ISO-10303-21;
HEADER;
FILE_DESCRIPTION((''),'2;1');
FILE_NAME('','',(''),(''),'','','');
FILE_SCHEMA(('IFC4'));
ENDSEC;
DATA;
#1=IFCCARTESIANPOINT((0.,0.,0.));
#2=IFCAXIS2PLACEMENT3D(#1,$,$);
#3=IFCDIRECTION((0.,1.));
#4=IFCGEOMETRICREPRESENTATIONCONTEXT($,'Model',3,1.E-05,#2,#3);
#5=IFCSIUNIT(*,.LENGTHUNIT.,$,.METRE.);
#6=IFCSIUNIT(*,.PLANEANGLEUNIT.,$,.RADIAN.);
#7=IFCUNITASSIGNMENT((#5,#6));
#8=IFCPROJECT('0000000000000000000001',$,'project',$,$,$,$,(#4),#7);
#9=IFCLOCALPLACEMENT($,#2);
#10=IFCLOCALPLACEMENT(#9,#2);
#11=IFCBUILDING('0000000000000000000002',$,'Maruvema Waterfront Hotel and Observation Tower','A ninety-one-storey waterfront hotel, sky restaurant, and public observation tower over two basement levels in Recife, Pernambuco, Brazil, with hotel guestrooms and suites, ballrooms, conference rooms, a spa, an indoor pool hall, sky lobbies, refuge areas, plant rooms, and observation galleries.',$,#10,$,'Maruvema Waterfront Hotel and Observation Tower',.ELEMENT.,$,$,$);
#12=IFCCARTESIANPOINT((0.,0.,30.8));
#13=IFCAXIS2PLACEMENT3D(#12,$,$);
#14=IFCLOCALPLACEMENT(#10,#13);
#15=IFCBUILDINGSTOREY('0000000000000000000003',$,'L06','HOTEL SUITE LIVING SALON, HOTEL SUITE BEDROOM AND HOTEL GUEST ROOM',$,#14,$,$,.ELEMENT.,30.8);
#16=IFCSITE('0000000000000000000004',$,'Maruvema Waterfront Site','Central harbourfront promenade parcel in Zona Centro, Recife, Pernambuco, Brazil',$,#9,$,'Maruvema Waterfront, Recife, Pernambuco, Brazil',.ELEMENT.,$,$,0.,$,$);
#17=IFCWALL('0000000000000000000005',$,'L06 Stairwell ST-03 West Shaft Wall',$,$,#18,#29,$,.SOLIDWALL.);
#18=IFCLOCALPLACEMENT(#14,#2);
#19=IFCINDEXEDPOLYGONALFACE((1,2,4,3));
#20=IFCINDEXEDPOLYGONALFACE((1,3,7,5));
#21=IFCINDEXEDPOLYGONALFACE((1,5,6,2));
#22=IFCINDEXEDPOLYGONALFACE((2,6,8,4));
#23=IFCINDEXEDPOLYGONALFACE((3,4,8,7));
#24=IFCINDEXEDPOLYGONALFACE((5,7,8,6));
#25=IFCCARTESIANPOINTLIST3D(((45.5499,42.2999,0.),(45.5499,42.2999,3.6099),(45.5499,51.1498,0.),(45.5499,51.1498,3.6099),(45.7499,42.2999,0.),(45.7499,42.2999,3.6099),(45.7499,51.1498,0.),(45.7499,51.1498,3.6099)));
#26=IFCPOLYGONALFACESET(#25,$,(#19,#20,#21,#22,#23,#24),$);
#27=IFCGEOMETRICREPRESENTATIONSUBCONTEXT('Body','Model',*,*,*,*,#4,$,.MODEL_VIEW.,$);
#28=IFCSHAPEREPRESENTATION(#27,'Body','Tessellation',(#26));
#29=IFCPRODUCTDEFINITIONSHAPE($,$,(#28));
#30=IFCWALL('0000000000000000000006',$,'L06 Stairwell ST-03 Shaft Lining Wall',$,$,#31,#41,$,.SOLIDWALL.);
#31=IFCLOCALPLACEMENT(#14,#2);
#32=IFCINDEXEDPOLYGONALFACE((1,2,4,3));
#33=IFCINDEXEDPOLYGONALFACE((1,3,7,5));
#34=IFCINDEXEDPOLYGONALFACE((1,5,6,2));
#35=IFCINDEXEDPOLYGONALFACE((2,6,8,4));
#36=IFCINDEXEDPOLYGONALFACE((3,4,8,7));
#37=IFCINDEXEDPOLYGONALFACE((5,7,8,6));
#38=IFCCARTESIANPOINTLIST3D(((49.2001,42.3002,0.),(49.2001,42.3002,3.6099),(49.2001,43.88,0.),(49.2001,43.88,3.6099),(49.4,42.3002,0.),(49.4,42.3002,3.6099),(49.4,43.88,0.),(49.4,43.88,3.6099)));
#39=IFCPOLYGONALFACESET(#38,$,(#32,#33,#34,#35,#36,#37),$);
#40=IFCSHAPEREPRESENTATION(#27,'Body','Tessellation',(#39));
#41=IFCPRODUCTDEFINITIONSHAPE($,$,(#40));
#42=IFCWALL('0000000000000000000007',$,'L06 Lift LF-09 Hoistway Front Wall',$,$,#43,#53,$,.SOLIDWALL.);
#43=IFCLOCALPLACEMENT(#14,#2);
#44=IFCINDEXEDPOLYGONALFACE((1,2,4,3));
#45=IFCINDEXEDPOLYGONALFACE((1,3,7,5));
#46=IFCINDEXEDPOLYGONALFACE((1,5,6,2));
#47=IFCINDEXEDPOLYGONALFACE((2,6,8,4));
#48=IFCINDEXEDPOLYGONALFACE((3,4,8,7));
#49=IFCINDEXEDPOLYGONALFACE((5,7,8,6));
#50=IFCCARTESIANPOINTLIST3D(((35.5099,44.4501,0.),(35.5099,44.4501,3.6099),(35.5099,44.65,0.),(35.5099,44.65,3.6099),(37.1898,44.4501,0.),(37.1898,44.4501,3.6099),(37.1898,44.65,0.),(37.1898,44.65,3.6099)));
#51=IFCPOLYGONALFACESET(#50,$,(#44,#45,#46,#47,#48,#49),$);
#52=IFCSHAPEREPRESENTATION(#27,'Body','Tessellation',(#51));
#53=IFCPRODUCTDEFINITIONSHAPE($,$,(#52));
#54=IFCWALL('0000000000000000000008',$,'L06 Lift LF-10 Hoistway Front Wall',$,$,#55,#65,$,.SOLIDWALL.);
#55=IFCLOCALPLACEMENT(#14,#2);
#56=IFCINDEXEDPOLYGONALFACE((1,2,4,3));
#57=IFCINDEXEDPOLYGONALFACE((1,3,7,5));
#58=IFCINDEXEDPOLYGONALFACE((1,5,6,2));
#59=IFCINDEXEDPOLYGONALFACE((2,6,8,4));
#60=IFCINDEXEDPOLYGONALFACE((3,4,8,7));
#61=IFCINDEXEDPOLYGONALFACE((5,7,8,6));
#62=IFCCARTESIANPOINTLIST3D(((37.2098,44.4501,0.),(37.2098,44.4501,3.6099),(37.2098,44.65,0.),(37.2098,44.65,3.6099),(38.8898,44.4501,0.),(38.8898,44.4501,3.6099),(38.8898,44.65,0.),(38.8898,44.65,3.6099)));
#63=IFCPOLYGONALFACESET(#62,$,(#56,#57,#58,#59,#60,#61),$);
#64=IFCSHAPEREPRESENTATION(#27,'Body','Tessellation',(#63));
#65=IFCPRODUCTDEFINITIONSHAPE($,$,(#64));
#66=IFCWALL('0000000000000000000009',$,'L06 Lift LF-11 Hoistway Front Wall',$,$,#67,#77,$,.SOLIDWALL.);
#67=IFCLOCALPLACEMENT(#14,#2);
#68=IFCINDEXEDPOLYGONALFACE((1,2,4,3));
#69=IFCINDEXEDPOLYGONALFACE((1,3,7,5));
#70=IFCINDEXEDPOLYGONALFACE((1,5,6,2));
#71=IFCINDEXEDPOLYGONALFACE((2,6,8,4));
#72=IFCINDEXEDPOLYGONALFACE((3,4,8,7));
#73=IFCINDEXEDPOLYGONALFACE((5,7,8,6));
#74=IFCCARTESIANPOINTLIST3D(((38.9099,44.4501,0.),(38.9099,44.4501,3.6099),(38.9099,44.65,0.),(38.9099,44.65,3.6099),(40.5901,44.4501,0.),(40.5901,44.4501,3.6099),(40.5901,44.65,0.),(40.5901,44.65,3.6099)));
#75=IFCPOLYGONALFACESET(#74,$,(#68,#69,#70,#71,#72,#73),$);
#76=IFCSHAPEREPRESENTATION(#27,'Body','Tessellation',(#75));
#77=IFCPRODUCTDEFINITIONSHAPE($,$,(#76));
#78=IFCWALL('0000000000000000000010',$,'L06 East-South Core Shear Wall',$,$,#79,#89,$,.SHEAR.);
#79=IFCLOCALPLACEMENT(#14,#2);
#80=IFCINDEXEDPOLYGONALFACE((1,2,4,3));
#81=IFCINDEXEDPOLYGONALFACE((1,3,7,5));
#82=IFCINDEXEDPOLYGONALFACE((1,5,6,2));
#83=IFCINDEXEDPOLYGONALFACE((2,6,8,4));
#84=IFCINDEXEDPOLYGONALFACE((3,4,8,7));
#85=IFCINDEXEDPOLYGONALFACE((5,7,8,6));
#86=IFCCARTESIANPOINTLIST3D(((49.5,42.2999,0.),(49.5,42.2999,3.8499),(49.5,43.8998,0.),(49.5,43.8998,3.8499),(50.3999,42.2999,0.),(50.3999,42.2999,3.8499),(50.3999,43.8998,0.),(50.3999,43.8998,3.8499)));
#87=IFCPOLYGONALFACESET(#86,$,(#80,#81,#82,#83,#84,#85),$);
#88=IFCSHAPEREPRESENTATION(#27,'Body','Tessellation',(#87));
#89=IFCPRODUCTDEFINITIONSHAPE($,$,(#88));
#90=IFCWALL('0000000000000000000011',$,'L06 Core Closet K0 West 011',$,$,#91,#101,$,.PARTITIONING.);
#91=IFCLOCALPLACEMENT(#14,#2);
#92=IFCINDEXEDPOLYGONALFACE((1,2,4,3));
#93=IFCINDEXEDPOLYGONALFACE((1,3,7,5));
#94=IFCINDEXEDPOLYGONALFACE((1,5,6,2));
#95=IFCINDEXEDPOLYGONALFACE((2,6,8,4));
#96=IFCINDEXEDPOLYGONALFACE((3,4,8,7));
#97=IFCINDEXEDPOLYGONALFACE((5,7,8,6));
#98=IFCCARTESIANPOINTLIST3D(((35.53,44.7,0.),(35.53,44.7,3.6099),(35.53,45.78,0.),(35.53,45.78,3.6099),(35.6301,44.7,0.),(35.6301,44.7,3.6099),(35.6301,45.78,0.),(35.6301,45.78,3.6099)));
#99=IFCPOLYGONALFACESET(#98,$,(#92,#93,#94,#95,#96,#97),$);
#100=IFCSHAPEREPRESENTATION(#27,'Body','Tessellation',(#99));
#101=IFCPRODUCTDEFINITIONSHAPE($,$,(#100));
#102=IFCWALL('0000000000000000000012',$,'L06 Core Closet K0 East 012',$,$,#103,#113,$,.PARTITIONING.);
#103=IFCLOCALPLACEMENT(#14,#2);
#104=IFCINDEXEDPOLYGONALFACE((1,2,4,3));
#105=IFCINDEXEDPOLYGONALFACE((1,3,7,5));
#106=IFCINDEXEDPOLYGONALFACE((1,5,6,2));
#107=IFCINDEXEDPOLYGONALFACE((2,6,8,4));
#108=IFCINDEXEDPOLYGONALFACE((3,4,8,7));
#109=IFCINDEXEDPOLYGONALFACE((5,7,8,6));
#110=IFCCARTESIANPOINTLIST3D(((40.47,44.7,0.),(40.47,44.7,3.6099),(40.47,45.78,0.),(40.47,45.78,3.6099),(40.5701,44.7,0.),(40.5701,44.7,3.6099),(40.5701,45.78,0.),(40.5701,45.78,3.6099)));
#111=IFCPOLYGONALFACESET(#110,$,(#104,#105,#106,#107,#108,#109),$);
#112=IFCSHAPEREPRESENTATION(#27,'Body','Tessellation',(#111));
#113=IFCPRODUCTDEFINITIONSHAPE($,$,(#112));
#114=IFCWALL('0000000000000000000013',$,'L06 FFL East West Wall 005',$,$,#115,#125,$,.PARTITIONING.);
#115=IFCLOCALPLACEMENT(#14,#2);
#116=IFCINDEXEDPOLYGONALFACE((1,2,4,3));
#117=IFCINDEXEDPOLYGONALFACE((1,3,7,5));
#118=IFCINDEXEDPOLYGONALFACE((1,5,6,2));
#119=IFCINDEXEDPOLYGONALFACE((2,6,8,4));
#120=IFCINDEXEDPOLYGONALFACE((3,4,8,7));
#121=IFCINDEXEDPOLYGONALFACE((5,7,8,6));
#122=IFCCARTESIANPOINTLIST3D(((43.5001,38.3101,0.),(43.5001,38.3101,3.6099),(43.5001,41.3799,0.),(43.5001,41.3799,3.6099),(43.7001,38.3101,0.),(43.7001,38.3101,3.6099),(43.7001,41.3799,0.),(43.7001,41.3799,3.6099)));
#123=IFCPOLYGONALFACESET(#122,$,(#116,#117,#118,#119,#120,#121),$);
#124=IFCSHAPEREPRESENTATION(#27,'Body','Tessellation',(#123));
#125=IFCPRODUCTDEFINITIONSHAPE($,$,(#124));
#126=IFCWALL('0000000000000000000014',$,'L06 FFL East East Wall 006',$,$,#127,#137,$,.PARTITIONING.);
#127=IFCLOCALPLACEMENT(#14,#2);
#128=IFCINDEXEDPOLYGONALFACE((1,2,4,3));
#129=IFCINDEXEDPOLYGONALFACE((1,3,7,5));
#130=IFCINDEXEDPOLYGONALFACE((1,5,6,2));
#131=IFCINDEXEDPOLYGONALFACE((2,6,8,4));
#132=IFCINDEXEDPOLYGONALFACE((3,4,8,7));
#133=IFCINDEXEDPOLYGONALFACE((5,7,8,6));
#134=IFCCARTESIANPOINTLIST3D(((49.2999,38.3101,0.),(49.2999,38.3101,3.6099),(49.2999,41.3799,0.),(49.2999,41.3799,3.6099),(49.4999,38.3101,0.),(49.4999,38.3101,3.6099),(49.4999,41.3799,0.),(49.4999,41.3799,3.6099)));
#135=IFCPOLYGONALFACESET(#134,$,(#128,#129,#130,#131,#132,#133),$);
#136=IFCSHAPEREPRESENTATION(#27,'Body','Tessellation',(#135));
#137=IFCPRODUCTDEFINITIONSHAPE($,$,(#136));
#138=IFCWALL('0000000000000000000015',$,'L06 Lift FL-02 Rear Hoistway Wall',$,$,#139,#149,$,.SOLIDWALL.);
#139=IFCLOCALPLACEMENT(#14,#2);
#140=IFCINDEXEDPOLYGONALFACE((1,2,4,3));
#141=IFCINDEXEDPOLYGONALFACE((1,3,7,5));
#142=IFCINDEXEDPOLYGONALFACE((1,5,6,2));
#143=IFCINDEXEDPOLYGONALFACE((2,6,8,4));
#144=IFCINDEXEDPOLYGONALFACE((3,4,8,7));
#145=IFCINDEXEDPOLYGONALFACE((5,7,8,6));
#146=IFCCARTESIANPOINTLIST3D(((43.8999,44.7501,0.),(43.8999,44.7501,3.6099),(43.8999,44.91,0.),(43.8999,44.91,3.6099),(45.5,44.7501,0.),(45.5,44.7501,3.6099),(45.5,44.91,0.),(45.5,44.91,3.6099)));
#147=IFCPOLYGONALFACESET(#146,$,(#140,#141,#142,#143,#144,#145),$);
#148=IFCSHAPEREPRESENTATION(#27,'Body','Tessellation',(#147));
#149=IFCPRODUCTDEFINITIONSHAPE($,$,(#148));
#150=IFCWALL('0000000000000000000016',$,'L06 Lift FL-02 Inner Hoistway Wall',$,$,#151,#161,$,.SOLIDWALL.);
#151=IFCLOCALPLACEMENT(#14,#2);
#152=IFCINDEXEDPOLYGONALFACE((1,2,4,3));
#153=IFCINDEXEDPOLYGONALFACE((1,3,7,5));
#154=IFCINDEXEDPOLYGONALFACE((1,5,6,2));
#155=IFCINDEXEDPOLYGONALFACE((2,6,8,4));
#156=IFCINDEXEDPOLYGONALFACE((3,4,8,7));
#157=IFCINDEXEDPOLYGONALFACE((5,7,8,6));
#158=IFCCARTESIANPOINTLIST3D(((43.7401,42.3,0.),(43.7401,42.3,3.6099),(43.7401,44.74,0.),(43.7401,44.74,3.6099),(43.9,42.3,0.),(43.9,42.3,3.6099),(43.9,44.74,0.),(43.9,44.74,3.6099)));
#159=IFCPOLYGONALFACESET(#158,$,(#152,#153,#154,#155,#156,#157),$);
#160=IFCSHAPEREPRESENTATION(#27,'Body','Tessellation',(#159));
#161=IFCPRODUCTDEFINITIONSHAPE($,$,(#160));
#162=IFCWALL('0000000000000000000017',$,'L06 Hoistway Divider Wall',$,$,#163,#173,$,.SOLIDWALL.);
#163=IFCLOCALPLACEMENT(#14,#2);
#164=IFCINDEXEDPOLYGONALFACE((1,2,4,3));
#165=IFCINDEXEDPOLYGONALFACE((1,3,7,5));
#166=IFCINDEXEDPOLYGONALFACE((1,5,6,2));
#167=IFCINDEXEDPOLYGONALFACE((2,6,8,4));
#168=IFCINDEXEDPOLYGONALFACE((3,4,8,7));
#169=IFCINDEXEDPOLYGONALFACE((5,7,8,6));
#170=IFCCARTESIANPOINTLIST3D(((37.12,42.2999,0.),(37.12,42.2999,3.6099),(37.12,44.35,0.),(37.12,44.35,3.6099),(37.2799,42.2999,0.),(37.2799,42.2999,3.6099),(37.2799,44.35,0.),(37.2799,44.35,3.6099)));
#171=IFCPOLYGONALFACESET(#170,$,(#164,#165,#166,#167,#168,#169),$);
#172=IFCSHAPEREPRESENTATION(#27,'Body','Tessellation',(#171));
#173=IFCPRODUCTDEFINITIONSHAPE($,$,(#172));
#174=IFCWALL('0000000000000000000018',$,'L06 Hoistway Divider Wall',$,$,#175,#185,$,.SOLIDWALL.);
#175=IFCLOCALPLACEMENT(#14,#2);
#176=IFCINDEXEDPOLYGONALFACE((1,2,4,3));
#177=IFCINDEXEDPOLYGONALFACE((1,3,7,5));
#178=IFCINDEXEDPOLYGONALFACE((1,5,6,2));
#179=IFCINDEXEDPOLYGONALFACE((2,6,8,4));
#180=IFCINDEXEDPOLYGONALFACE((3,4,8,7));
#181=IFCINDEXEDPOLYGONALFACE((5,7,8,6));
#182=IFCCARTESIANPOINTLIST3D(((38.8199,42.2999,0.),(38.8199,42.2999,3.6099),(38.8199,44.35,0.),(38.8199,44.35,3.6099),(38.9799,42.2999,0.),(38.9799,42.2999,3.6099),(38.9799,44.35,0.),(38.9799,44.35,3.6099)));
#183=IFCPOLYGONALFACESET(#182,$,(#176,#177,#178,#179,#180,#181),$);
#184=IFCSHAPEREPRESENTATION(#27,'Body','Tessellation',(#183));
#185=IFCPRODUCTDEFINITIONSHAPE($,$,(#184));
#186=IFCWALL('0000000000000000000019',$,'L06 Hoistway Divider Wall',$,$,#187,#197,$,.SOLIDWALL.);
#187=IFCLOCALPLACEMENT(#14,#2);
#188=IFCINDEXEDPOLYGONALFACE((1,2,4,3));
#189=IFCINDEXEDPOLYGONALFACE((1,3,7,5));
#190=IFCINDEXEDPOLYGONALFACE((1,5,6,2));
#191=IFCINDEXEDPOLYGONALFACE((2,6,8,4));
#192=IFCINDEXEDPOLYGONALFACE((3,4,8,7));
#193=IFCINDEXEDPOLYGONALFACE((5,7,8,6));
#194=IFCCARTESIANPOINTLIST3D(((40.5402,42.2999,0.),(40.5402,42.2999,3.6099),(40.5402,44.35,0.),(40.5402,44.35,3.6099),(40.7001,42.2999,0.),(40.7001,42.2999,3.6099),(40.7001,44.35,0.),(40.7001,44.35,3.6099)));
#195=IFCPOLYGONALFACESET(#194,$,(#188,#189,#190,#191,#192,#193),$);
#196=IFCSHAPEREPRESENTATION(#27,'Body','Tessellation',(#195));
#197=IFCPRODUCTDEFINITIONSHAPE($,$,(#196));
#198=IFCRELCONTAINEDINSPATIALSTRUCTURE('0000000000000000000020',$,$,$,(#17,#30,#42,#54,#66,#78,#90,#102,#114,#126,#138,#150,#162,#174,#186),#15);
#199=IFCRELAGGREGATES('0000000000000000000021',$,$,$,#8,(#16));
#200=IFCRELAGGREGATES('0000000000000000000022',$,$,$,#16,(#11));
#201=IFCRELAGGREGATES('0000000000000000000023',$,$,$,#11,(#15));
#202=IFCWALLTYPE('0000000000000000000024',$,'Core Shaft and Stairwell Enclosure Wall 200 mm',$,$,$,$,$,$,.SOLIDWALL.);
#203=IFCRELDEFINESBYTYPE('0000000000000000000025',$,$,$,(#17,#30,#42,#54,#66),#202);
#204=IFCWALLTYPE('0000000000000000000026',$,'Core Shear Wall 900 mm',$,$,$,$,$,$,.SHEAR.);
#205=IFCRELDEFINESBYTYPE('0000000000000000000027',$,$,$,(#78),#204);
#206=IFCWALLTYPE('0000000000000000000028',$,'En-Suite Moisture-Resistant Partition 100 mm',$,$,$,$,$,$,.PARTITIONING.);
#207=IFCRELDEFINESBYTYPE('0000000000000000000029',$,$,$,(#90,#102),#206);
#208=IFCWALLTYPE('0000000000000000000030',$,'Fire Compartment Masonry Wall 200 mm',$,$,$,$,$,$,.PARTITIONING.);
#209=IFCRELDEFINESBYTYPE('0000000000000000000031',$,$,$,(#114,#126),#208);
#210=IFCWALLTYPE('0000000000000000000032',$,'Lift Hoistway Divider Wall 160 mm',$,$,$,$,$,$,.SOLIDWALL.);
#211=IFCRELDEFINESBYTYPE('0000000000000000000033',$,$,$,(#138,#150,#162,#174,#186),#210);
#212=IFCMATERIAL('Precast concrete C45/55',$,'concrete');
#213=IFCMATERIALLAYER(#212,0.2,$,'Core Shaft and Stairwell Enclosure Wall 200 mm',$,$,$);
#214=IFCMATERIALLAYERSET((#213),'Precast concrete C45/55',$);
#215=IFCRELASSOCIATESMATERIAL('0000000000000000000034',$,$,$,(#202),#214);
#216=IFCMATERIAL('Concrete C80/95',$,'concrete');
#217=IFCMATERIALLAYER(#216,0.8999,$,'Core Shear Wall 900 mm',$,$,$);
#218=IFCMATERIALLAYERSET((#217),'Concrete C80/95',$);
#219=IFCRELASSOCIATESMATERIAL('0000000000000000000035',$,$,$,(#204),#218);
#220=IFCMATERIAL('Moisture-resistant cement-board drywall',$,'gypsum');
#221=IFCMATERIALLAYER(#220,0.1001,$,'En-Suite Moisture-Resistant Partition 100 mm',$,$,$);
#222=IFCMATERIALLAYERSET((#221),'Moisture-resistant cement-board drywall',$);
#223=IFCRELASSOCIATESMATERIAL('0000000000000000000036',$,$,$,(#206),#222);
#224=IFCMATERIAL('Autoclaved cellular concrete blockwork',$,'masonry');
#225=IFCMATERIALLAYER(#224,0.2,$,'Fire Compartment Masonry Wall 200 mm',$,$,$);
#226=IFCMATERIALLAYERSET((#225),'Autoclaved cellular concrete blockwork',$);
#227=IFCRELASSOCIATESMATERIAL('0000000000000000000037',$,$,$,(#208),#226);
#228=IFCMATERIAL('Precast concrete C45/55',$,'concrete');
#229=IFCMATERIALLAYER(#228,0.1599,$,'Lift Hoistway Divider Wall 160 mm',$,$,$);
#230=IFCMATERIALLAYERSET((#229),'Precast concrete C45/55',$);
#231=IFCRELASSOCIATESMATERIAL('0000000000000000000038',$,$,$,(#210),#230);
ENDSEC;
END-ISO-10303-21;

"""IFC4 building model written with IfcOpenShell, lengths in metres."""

from ifc_helpers import new_model, si_unit, direction, frame, frame_2d, origin, place, context, subcontext, project, spatial, rectangle, extrude, material, layer, layer_set, type_object, element, save


model = new_model("IFC4")

# Units and contexts
model_context = context("Model", 3, precision=1e-05, world=origin(), true_north=direction((0.0, 1.0)))
body_context = subcontext(model_context, "Body", "Model", "MODEL_VIEW")
ifc_project = project(units=[si_unit("LENGTHUNIT", "METRE"), si_unit("PLANEANGLEUNIT", "RADIAN")], contexts=[model_context])

# Site, building, storey
site_placement = place(None, origin())
site = spatial("IfcSite", under=ifc_project, at=site_placement, Name="Maruvema Waterfront Site", Description="Central harbourfront promenade parcel in Zona Centro, Recife, Pernambuco, Brazil", LongName="Maruvema Waterfront, Recife, Pernambuco, Brazil", CompositionType="ELEMENT", RefElevation=0.0)
building_placement = place(site_placement, origin())
building = spatial("IfcBuilding", under=site, at=building_placement, Name="Maruvema Waterfront Hotel and Observation Tower", Description="A ninety-one-storey waterfront hotel, sky restaurant, and public observation tower over two basement levels in Recife, Pernambuco, Brazil, with hotel guestrooms and suites, ballrooms, conference rooms, a spa, an indoor pool hall, sky lobbies, refuge areas, plant rooms, and observation galleries.", LongName="Maruvema Waterfront Hotel and Observation Tower", CompositionType="ELEMENT")
storey_placement = place(building_placement, frame((0.0, 0.0, 30.8)))
storey = spatial("IfcBuildingStorey", under=building, at=storey_placement, Name="L06", Description="HOTEL SUITE LIVING SALON, HOTEL SUITE BEDROOM AND HOTEL GUEST ROOM", CompositionType="ELEMENT", Elevation=30.8)

# Walls
ifc_material_1 = material(Name="Precast concrete C45/55", Category="concrete")
ifc_layer_1 = layer(ifc_material_1, 0.2, Name="Core Shaft and Stairwell Enclosure Wall 200 mm")
ifc_layer_set_1 = layer_set([ifc_layer_1], Name="Precast concrete C45/55")
wall_type_1 = type_object("IfcWallType", Name="Core Shaft and Stairwell Enclosure Wall 200 mm", PredefinedType="SOLIDWALL", material=ifc_layer_set_1)
wall_1_placement = place(storey_placement, frame((45.6499, 42.3, 0.0), z_axis=(0.0, 0.0, 1.0), x_axis=(0.0, 1.0, 0.0)))
element("IfcWall", 1, at=wall_1_placement, inside=storey, type_object=wall_type_1, Name="L06 Stairwell ST-03 West Shaft Wall", PredefinedType="SOLIDWALL", context=body_context, shape_type="SweptSolid", body=[
    extrude(rectangle(XDim=8.8499, YDim=0.2, at=frame_2d((4.4248, 0.0))), origin(), (0.0, 0.0, 1.0), 3.6099),
])
wall_2_placement = place(storey_placement, frame((49.3, 42.3, 0.0), z_axis=(0.0, 0.0, 1.0), x_axis=(0.0, 1.0, 0.0)))
element("IfcWall", 2, at=wall_2_placement, inside=storey, type_object=wall_type_1, Name="L06 Stairwell ST-03 Shaft Lining Wall", PredefinedType="SOLIDWALL", context=body_context, shape_type="SweptSolid", body=[
    extrude(rectangle(XDim=1.5798, YDim=0.2, at=frame_2d((0.79, 0.0))), origin(), (0.0, 0.0, 1.0), 3.6099),
])
for number, where, z_axis, x_axis, name in (
    (3, (35.51, 44.55, 0.0), (0.0, 0.0, 1.0), (1.0, 0.0, 0.0), "L06 Lift LF-09 Hoistway Front Wall"),
    (4, (37.21, 44.55, 0.0), (0.0, 0.0, 1.0), (1.0, 0.0, 0.0), "L06 Lift LF-10 Hoistway Front Wall"),
):
    element("IfcWall", number, at=place(storey_placement, frame(where, z_axis=z_axis, x_axis=x_axis)), inside=storey, type_object=wall_type_1, Name=name, PredefinedType="SOLIDWALL", context=body_context, shape_type="SweptSolid", body=[
        extrude(rectangle(XDim=1.6799, YDim=0.2, at=frame_2d((0.8398, 0.0))), origin(), (0.0, 0.0, 1.0), 3.6099),
    ])
wall_3_placement = place(storey_placement, frame((38.9099, 44.55, 0.0), z_axis=(0.0, 0.0, 1.0), x_axis=(1.0, 0.0, 0.0)))
element("IfcWall", 5, at=wall_3_placement, inside=storey, type_object=wall_type_1, Name="L06 Lift LF-11 Hoistway Front Wall", PredefinedType="SOLIDWALL", context=body_context, shape_type="SweptSolid", body=[
    extrude(rectangle(XDim=1.6802, YDim=0.2, at=frame_2d((0.8401, 0.0))), origin(), (0.0, 0.0, 1.0), 3.6099),
])

# Shared definitions
ifc_material_2 = material(Name="Concrete C80/95", Category="concrete")
ifc_layer_2 = layer(ifc_material_2, 0.8999, Name="Core Shear Wall 900 mm")
ifc_layer_set_2 = layer_set([ifc_layer_2], Name="Concrete C80/95")
wall_type_2 = type_object("IfcWallType", Name="Core Shear Wall 900 mm", PredefinedType="SHEAR", material=ifc_layer_set_2)

# Walls
wall_4_placement = place(storey_placement, frame((49.95, 42.3, 0.0), z_axis=(0.0, 0.0, 1.0), x_axis=(0.0, 1.0, 0.0)))
element("IfcWall", 6, at=wall_4_placement, inside=storey, type_object=wall_type_2, Name="L06 East-South Core Shear Wall", PredefinedType="SHEAR", context=body_context, shape_type="SweptSolid", body=[
    extrude(rectangle(XDim=1.5999, YDim=0.8999, at=frame_2d((0.7998, 0.0))), origin(), (0.0, 0.0, 1.0), 3.8499),
])
ifc_material_3 = material(Name="Moisture-resistant cement-board drywall", Category="gypsum")
ifc_layer_3 = layer(ifc_material_3, 0.1001, Name="En-Suite Moisture-Resistant Partition 100 mm")
ifc_layer_set_3 = layer_set([ifc_layer_3], Name="Moisture-resistant cement-board drywall")
wall_type_3 = type_object("IfcWallType", Name="En-Suite Moisture-Resistant Partition 100 mm", PredefinedType="PARTITIONING", material=ifc_layer_set_3)
for number, where, z_axis, x_axis, name in (
    (7, (35.5801, 44.7, 0.0), (0.0, 0.0, 1.0), (0.0, 1.0, 0.0), "L06 Core Closet K0 West 011"),
    (8, (40.52, 44.7, 0.0), (0.0, 0.0, 1.0), (0.0, 1.0, 0.0), "L06 Core Closet K0 East 012"),
):
    element("IfcWall", number, at=place(storey_placement, frame(where, z_axis=z_axis, x_axis=x_axis)), inside=storey, type_object=wall_type_3, Name=name, PredefinedType="PARTITIONING", context=body_context, shape_type="SweptSolid", body=[
        extrude(rectangle(XDim=1.0801, YDim=0.1001, at=frame_2d((0.54, 0.0))), origin(), (0.0, 0.0, 1.0), 3.6099),
    ])

# Shared definitions
ifc_material_4 = material(Name="Autoclaved cellular concrete blockwork", Category="masonry")
ifc_layer_4 = layer(ifc_material_4, 0.2, Name="Fire Compartment Masonry Wall 200 mm")
ifc_layer_set_4 = layer_set([ifc_layer_4], Name="Autoclaved cellular concrete blockwork")
wall_type_4 = type_object("IfcWallType", Name="Fire Compartment Masonry Wall 200 mm", PredefinedType="PARTITIONING", material=ifc_layer_set_4)

# Walls
for number, where, z_axis, x_axis, name in (
    (9, (43.6001, 38.3101, 0.0), (0.0, 0.0, 1.0), (0.0, 1.0, 0.0), "L06 FFL East West Wall 005"),
    (10, (49.3999, 38.3101, 0.0), (0.0, 0.0, 1.0), (0.0, 1.0, 0.0), "L06 FFL East East Wall 006"),
):
    element("IfcWall", number, at=place(storey_placement, frame(where, z_axis=z_axis, x_axis=x_axis)), inside=storey, type_object=wall_type_4, Name=name, PredefinedType="PARTITIONING", context=body_context, shape_type="SweptSolid", body=[
        extrude(rectangle(XDim=3.0698, YDim=0.2, at=frame_2d((1.5349, 0.0))), origin(), (0.0, 0.0, 1.0), 3.6099),
    ])
ifc_material_5 = material(Name="Precast concrete C45/55", Category="concrete")
ifc_layer_5 = layer(ifc_material_5, 0.1599, Name="Lift Hoistway Divider Wall 160 mm")
ifc_layer_set_5 = layer_set([ifc_layer_5], Name="Precast concrete C45/55")
wall_type_5 = type_object("IfcWallType", Name="Lift Hoistway Divider Wall 160 mm", PredefinedType="SOLIDWALL", material=ifc_layer_set_5)
wall_5_placement = place(storey_placement, frame((43.8999, 44.8301, 0.0), z_axis=(0.0, 0.0, 1.0), x_axis=(1.0, 0.0, 0.0)))
element("IfcWall", 11, at=wall_5_placement, inside=storey, type_object=wall_type_5, Name="L06 Lift FL-02 Rear Hoistway Wall", PredefinedType="SOLIDWALL", context=body_context, shape_type="SweptSolid", body=[
    extrude(rectangle(XDim=1.6001, YDim=0.1599, at=frame_2d((0.8, 0.0))), origin(), (0.0, 0.0, 1.0), 3.6099),
])
wall_6_placement = place(storey_placement, frame((43.8201, 42.3, 0.0), z_axis=(0.0, 0.0, 1.0), x_axis=(0.0, 1.0, 0.0)))
element("IfcWall", 12, at=wall_6_placement, inside=storey, type_object=wall_type_5, Name="L06 Lift FL-02 Inner Hoistway Wall", PredefinedType="SOLIDWALL", context=body_context, shape_type="SweptSolid", body=[
    extrude(rectangle(XDim=2.4399, YDim=0.1599, at=frame_2d((1.22, 0.0))), origin(), (0.0, 0.0, 1.0), 3.6099),
])
for number, where, z_axis, x_axis, name in (
    (13, (37.2, 42.3, 0.0), (0.0, 0.0, 1.0), (0.0, 1.0, 0.0), "L06 Hoistway Divider Wall"),
    (14, (38.8999, 42.3, 0.0), (0.0, 0.0, 1.0), (0.0, 1.0, 0.0), "L06 Hoistway Divider Wall"),
    (15, (40.6201, 42.3, 0.0), (0.0, 0.0, 1.0), (0.0, 1.0, 0.0), "L06 Hoistway Divider Wall"),
):
    element("IfcWall", number, at=place(storey_placement, frame(where, z_axis=z_axis, x_axis=x_axis)), inside=storey, type_object=wall_type_5, Name=name, PredefinedType="SOLIDWALL", context=body_context, shape_type="SweptSolid", body=[
        extrude(rectangle(XDim=2.05, YDim=0.1599, at=frame_2d((1.0249, 0.0))), origin(), (0.0, 0.0, 1.0), 3.6099),
    ])

save(model, "model.ifc")
